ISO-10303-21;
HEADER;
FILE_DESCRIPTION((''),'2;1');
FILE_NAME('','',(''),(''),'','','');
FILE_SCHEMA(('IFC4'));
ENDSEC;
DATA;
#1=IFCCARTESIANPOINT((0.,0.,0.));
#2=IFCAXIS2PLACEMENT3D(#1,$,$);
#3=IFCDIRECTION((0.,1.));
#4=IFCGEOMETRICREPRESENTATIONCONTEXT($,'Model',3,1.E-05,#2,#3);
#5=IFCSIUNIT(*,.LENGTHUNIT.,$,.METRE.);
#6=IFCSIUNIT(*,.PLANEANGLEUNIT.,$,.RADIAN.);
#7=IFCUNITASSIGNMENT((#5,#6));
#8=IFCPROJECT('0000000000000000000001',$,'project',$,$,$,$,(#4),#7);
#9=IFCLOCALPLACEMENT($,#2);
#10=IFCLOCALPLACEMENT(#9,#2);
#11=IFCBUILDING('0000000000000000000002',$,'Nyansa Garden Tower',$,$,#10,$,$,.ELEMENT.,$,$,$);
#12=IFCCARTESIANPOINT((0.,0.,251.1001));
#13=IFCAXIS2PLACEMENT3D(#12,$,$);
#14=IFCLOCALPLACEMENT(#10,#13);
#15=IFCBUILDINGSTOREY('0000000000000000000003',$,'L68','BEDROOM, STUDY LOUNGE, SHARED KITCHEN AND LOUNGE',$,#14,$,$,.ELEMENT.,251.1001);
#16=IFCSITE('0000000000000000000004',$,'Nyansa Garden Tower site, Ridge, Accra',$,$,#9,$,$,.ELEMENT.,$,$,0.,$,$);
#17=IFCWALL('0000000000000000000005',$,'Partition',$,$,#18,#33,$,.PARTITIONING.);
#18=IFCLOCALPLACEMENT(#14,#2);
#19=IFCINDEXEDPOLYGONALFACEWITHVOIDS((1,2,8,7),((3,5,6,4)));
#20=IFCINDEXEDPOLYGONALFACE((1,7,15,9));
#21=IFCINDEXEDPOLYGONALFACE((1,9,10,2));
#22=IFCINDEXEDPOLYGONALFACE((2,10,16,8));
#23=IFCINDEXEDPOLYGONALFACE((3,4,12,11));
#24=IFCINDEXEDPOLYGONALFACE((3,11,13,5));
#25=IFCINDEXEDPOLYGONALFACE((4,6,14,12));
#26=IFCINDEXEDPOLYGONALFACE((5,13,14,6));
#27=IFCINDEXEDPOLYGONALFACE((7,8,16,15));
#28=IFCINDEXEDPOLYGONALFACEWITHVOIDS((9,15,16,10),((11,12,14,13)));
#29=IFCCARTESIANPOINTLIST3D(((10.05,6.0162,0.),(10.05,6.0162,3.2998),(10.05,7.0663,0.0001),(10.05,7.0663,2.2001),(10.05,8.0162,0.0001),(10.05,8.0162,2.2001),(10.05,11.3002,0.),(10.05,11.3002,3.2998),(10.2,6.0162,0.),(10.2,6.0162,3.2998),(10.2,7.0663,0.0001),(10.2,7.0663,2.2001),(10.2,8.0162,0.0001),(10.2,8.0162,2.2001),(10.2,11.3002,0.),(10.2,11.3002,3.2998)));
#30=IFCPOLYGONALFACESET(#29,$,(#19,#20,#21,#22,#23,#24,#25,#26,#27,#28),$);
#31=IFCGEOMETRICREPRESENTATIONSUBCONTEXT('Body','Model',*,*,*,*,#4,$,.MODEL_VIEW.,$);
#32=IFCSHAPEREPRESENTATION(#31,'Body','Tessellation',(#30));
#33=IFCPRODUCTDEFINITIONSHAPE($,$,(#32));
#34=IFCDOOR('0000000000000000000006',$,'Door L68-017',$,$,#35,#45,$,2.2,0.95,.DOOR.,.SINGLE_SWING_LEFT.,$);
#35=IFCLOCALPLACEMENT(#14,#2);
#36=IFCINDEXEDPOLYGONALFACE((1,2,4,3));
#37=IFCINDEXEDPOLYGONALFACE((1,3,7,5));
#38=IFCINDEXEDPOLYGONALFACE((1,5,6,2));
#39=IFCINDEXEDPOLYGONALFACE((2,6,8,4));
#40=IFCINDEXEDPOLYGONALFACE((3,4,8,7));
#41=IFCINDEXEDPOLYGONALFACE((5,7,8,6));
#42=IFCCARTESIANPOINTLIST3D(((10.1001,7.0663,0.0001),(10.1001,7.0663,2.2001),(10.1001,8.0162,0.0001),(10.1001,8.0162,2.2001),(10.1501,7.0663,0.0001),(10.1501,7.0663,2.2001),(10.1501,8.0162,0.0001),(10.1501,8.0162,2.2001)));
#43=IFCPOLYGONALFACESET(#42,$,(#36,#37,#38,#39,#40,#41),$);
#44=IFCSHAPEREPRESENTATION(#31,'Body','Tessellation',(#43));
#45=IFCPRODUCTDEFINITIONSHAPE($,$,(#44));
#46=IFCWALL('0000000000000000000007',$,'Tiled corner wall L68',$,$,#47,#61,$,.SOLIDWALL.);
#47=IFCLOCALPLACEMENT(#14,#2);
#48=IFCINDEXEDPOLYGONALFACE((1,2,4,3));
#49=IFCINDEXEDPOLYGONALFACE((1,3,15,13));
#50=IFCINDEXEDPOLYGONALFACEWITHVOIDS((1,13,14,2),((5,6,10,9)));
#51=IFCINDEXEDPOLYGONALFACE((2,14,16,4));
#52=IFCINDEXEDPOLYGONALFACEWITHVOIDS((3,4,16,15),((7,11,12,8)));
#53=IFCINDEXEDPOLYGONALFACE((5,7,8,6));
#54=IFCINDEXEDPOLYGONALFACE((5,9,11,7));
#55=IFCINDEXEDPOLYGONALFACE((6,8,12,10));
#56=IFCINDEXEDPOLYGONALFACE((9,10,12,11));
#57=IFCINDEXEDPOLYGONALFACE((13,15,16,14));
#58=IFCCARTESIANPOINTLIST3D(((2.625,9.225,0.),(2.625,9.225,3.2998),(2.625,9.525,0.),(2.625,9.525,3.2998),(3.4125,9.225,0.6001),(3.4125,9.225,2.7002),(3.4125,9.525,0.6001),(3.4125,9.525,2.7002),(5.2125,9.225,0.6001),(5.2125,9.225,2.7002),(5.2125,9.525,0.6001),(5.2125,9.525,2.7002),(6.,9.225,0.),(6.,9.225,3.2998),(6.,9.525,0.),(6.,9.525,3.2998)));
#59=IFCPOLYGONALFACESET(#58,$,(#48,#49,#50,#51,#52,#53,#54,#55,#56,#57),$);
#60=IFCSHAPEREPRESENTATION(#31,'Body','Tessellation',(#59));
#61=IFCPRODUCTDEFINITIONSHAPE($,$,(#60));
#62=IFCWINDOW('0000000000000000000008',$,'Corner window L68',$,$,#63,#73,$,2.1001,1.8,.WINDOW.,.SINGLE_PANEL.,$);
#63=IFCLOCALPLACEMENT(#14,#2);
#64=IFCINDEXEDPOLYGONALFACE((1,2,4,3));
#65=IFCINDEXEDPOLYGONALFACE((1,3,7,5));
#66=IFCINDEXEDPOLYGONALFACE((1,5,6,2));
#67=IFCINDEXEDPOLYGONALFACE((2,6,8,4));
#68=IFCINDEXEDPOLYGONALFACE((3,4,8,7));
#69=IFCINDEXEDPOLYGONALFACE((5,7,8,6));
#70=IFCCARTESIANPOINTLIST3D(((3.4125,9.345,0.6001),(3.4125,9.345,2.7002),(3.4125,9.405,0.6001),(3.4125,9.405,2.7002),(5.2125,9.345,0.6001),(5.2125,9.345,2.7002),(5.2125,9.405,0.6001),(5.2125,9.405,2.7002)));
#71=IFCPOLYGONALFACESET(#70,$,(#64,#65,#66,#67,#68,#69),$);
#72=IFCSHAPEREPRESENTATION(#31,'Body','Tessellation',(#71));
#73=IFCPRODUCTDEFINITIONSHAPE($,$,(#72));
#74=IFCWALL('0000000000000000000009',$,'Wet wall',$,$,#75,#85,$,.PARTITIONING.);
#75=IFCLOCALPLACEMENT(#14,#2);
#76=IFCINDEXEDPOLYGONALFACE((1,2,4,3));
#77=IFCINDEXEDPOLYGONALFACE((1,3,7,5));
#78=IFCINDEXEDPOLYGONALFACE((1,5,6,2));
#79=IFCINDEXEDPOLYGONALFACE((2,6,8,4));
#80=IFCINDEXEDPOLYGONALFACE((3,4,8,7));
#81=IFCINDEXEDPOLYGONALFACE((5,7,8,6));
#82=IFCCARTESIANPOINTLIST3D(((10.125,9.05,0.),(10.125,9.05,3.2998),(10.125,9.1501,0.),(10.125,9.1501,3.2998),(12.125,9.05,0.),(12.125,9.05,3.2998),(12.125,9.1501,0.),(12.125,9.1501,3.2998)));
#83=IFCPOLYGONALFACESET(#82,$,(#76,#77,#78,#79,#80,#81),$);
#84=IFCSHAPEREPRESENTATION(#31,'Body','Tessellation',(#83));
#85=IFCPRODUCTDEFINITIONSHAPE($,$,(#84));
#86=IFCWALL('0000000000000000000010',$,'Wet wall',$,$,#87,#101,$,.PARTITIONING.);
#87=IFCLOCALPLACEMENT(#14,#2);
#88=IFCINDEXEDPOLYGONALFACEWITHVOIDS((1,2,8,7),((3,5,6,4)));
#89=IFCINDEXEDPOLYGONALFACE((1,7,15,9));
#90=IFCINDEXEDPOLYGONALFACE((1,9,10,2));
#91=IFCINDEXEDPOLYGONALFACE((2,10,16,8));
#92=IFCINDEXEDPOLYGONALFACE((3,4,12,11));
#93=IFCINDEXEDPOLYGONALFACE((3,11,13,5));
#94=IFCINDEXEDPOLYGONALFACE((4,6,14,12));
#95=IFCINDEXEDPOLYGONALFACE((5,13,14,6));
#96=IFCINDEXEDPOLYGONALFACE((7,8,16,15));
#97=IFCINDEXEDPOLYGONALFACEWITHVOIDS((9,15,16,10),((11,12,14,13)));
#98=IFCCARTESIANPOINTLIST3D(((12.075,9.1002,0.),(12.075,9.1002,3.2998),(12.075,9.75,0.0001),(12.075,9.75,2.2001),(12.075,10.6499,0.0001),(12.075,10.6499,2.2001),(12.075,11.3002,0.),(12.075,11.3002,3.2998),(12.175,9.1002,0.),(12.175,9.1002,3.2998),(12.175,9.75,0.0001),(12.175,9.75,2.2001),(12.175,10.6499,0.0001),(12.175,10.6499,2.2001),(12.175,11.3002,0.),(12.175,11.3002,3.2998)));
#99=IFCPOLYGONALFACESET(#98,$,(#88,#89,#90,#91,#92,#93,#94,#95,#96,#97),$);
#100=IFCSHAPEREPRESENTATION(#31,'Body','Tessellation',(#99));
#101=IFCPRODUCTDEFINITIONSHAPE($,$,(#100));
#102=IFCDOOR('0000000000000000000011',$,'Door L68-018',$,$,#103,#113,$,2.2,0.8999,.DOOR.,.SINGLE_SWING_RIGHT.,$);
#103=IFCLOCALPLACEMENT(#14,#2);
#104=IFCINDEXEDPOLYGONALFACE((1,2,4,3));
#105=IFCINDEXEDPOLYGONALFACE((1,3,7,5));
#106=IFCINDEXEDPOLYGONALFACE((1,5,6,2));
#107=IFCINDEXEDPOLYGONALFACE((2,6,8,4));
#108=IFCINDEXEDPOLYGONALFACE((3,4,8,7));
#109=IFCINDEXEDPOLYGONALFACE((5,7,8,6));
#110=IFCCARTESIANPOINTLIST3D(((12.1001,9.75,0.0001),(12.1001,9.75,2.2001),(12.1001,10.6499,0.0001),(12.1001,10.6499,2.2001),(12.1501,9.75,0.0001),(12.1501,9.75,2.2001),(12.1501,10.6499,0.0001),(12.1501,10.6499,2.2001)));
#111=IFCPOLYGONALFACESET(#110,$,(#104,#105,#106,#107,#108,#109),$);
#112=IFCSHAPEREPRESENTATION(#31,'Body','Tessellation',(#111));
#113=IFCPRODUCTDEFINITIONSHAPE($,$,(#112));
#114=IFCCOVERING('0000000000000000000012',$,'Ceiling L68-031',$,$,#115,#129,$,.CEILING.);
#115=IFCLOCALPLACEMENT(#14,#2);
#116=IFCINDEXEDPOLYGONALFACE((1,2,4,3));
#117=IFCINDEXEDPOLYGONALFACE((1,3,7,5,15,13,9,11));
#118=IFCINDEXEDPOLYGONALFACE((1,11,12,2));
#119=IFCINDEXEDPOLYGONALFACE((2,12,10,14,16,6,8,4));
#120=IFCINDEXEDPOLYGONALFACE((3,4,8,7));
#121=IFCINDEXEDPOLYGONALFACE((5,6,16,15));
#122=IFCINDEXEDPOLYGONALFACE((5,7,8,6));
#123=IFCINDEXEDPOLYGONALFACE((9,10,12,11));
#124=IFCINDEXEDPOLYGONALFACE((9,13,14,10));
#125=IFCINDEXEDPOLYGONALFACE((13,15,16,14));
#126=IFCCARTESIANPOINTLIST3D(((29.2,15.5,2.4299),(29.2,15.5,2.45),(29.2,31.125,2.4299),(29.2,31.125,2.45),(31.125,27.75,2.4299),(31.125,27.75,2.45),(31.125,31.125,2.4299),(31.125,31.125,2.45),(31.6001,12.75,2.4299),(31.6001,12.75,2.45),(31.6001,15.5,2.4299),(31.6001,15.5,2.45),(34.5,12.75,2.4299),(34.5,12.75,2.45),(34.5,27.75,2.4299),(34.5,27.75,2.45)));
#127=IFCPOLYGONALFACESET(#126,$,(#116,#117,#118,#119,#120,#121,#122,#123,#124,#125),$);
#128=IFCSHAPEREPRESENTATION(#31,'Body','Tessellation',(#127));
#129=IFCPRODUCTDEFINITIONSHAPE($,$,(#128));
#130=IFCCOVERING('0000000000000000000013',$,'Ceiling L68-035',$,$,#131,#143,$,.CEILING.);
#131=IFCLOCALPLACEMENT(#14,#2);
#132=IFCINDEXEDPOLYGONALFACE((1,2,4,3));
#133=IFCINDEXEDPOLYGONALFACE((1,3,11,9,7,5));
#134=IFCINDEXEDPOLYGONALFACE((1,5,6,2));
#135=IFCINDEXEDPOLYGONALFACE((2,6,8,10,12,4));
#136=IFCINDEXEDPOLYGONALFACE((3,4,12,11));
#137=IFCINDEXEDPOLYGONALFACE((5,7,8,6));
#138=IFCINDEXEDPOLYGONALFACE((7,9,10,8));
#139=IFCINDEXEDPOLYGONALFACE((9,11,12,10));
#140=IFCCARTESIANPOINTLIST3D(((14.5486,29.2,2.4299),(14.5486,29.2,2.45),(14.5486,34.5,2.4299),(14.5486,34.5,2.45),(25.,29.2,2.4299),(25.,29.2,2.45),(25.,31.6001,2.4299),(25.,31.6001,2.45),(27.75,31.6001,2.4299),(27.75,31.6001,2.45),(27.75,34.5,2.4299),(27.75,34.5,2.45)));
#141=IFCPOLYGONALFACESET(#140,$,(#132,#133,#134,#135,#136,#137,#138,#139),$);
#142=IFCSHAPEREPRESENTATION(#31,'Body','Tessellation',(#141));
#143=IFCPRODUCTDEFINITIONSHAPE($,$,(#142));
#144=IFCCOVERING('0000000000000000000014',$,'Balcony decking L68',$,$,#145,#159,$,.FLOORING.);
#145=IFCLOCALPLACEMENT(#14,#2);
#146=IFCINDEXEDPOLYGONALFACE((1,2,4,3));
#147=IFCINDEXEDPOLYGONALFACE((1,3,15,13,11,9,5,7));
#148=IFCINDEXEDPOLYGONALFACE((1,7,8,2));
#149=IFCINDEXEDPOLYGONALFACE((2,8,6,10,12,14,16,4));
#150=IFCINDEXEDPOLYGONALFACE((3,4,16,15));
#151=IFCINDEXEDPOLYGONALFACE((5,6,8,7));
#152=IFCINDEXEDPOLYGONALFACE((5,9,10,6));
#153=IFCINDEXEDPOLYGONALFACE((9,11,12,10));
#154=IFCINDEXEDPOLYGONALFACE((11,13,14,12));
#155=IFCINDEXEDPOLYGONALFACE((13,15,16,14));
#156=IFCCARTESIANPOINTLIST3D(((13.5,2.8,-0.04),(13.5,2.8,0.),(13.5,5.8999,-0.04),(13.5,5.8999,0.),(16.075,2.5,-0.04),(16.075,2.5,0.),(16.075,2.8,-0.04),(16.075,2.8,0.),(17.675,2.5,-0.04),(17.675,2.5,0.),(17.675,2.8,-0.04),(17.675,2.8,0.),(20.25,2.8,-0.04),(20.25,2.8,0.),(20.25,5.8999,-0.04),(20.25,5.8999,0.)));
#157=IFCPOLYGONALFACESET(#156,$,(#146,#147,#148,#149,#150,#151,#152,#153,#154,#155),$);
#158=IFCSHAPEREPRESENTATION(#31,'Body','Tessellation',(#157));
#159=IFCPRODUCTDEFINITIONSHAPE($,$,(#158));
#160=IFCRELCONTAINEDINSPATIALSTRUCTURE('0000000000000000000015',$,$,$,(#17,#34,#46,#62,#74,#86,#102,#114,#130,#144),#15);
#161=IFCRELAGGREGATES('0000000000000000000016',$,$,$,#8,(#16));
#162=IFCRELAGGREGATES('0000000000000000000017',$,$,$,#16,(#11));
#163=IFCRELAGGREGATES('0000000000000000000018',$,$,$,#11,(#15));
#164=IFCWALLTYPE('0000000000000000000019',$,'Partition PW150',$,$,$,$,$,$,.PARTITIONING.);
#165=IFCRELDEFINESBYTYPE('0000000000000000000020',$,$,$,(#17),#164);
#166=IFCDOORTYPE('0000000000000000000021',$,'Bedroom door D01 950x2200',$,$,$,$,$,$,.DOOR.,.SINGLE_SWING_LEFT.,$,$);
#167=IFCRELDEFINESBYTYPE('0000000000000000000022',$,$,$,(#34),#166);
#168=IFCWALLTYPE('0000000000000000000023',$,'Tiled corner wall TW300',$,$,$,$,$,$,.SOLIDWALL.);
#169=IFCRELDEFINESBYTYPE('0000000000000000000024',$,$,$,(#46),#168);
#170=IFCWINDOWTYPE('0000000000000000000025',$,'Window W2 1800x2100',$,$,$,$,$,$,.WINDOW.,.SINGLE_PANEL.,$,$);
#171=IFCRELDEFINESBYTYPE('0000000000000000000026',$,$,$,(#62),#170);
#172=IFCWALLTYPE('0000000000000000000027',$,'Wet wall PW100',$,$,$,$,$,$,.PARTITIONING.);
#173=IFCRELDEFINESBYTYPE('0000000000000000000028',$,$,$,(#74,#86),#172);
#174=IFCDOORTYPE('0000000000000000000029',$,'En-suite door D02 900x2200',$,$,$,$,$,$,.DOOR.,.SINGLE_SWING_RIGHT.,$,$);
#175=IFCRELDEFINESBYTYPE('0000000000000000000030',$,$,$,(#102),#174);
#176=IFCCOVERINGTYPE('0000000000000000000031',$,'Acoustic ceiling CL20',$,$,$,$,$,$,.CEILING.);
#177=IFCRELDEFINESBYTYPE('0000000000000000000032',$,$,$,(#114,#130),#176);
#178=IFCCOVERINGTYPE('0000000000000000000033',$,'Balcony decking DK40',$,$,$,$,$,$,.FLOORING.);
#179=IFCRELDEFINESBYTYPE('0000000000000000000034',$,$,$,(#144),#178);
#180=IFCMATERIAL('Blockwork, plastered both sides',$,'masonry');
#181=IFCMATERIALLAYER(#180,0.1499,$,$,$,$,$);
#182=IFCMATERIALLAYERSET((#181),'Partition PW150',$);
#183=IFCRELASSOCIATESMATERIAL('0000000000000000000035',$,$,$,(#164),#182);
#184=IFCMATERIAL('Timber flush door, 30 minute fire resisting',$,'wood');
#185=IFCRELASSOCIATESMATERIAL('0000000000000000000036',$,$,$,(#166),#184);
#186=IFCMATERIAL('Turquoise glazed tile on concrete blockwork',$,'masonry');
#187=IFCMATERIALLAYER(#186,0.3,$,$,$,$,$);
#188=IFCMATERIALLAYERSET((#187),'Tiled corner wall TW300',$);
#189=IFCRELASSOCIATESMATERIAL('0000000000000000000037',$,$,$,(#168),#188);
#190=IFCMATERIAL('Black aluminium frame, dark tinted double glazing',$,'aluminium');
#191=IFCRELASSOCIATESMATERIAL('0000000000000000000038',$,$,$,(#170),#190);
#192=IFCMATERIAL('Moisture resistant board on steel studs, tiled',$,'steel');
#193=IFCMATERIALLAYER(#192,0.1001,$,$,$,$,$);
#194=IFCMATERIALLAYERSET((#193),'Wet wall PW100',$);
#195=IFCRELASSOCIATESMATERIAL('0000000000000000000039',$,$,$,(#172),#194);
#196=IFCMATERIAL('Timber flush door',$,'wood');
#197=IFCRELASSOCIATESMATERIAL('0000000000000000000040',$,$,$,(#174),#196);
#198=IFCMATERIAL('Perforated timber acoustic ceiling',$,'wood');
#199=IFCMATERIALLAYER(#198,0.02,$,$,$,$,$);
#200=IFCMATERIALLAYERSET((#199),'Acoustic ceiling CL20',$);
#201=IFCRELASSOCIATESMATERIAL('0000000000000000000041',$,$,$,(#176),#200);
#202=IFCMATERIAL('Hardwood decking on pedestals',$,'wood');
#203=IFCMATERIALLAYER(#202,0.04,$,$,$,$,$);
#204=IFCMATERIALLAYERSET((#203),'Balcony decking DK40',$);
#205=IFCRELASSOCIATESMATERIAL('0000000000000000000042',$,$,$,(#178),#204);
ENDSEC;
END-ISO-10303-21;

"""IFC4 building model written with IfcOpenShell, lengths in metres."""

from ifc_helpers import new_model, si_unit, direction, frame, frame_2d, origin, place, context, subcontext, project, spatial, polyline, rectangle, outline, extrude, material, layer, layer_set, type_object, element, fill, save


model = new_model("IFC4")

# Units and contexts
model_context = context("Model", 3, precision=1e-05, world=origin(), true_north=direction((0.0, 1.0)))
body_context = subcontext(model_context, "Body", "Model", "MODEL_VIEW")
ifc_project = project(units=[si_unit("LENGTHUNIT", "METRE"), si_unit("PLANEANGLEUNIT", "RADIAN")], contexts=[model_context])

# Site, building, storey
site_placement = place(None, origin())
site = spatial("IfcSite", under=ifc_project, at=site_placement, Name="Nyansa Garden Tower site, Ridge, Accra", CompositionType="ELEMENT", RefElevation=0.0)
building_placement = place(site_placement, origin())
building = spatial("IfcBuilding", under=site, at=building_placement, Name="Nyansa Garden Tower", CompositionType="ELEMENT")
storey_placement = place(building_placement, frame((0.0, 0.0, 251.1001)))
storey = spatial("IfcBuildingStorey", under=building, at=storey_placement, Name="L68", Description="BEDROOM, STUDY LOUNGE, SHARED KITCHEN AND LOUNGE", CompositionType="ELEMENT", Elevation=251.1001)

# Wall, opening, door
ifc_material_1 = material(Name="Blockwork, plastered both sides", Category="masonry")
ifc_layer_1 = layer(ifc_material_1, 0.1499)
ifc_layer_set_1 = layer_set([ifc_layer_1], Name="Partition PW150")
wall_type_1 = type_object("IfcWallType", Name="Partition PW150", PredefinedType="PARTITIONING", material=ifc_layer_set_1)
wall_1_placement = place(storey_placement, frame((10.125, 6.0161, 0.0), z_axis=(0.0, 0.0, 1.0), x_axis=(0.0, 1.0, 0.0)))
wall_1 = element("IfcWall", 1, at=wall_1_placement, inside=storey, type_object=wall_type_1, Name="Partition", PredefinedType="PARTITIONING", context=body_context, shape_type="SweptSolid", body=[
    extrude(rectangle(XDim=5.2839, YDim=0.1499, at=frame_2d((2.6421, 0.0))), origin(), (0.0, 0.0, 1.0), 3.2998),
])
opening_1_placement = place(wall_1_placement, frame((1.05, 0.0, 0.0)))
opening_1 = element("IfcOpeningElement", 2, at=opening_1_placement, cuts=wall_1, PredefinedType="OPENING", context=body_context, shape_type="SweptSolid", body=[
    extrude(rectangle(XDim=0.95, YDim=2.2, at=frame_2d((0.4751, 1.1001))), frame((0.0, 0.085, 0.0), z_axis=(0.0, -1.0, 0.0), x_axis=(1.0, 0.0, 0.0)), (0.0, 0.0, 1.0), 0.1699),
])
ifc_material_2 = material(Name="Timber flush door, 30 minute fire resisting", Category="wood")
door_type_1 = type_object("IfcDoorType", Name="Bedroom door D01 950x2200", OperationType="SINGLE_SWING_LEFT", PredefinedType="DOOR", material=ifc_material_2)
door_1_placement = place(opening_1_placement, origin())
door_1 = element("IfcDoor", 3, at=door_1_placement, inside=storey, type_object=door_type_1, Name="Door L68-017", OperationType="SINGLE_SWING_LEFT", OverallHeight=2.2, OverallWidth=0.95, PredefinedType="DOOR", context=body_context, shape_type="SweptSolid", body=[
    extrude(rectangle(XDim=0.95, YDim=2.2, at=frame_2d((0.4751, 1.1001))), frame((0.0, 0.0249, 0.0), z_axis=(0.0, -1.0, 0.0), x_axis=(1.0, 0.0, 0.0)), (0.0, 0.0, 1.0), 0.05),
])
fill(opening_1, door_1)

# Wall, opening, window
ifc_material_3 = material(Name="Turquoise glazed tile on concrete blockwork", Category="masonry")
ifc_layer_2 = layer(ifc_material_3, 0.3)
ifc_layer_set_2 = layer_set([ifc_layer_2], Name="Tiled corner wall TW300")
wall_type_2 = type_object("IfcWallType", Name="Tiled corner wall TW300", PredefinedType="SOLIDWALL", material=ifc_layer_set_2)
wall_2_placement = place(storey_placement, frame((2.625, 9.375, 0.0), z_axis=(0.0, 0.0, 1.0), x_axis=(1.0, 0.0, 0.0)))
wall_2 = element("IfcWall", 4, at=wall_2_placement, inside=storey, type_object=wall_type_2, Name="Tiled corner wall L68", PredefinedType="SOLIDWALL", context=body_context, shape_type="SweptSolid", body=[
    extrude(rectangle(XDim=3.375, YDim=0.3, at=frame_2d((1.6875, 0.0))), origin(), (0.0, 0.0, 1.0), 3.2998),
])
opening_2_placement = place(wall_2_placement, frame((0.7876, 0.0, 0.6001)))
opening_2 = element("IfcOpeningElement", 5, at=opening_2_placement, cuts=wall_2, PredefinedType="OPENING", context=body_context, shape_type="SweptSolid", body=[
    extrude(rectangle(XDim=1.8, YDim=2.1001, at=frame_2d((0.8999, 1.05))), frame((0.0, 0.1599, 0.0), z_axis=(0.0, -1.0, 0.0), x_axis=(1.0, 0.0, 0.0)), (0.0, 0.0, 1.0), 0.3201),
])
ifc_material_4 = material(Name="Black aluminium frame, dark tinted double glazing", Category="aluminium")
window_type = type_object("IfcWindowType", Name="Window W2 1800x2100", PartitioningType="SINGLE_PANEL", PredefinedType="WINDOW", material=ifc_material_4)
window_placement = place(opening_2_placement, origin())
window = element("IfcWindow", 6, at=window_placement, inside=storey, type_object=window_type, Name="Corner window L68", OverallHeight=2.1001, OverallWidth=1.8, PartitioningType="SINGLE_PANEL", PredefinedType="WINDOW", context=body_context, shape_type="SweptSolid", body=[
    extrude(rectangle(XDim=1.8, YDim=2.1001, at=frame_2d((0.8999, 1.05))), frame((0.0, 0.03, 0.0), z_axis=(0.0, -1.0, 0.0), x_axis=(1.0, 0.0, 0.0)), (0.0, 0.0, 1.0), 0.0601),
])
fill(opening_2, window)

# Wall
ifc_material_5 = material(Name="Moisture resistant board on steel studs, tiled", Category="steel")
ifc_layer_3 = layer(ifc_material_5, 0.1001)
ifc_layer_set_3 = layer_set([ifc_layer_3], Name="Wet wall PW100")
wall_type_3 = type_object("IfcWallType", Name="Wet wall PW100", PredefinedType="PARTITIONING", material=ifc_layer_set_3)
wall_3_placement = place(storey_placement, frame((10.125, 9.1001, 0.0), z_axis=(0.0, 0.0, 1.0), x_axis=(1.0, 0.0, 0.0)))
element("IfcWall", 7, at=wall_3_placement, inside=storey, type_object=wall_type_3, Name="Wet wall", PredefinedType="PARTITIONING", context=body_context, shape_type="SweptSolid", body=[
    extrude(rectangle(XDim=2.0, YDim=0.1001, at=frame_2d((1.0, 0.0))), origin(), (0.0, 0.0, 1.0), 3.2998),
])

# Wall, opening, door
wall_4_placement = place(storey_placement, frame((12.125, 9.1001, 0.0), z_axis=(0.0, 0.0, 1.0), x_axis=(0.0, 1.0, 0.0)))
wall_4 = element("IfcWall", 8, at=wall_4_placement, inside=storey, type_object=wall_type_3, Name="Wet wall", PredefinedType="PARTITIONING", context=body_context, shape_type="SweptSolid", body=[
    extrude(rectangle(XDim=2.2, YDim=0.1001, at=frame_2d((1.1001, 0.0))), origin(), (0.0, 0.0, 1.0), 3.2998),
])
opening_3_placement = place(wall_4_placement, frame((0.6499, 0.0, 0.0)))
opening_3 = element("IfcOpeningElement", 9, at=opening_3_placement, cuts=wall_4, PredefinedType="OPENING", context=body_context, shape_type="SweptSolid", body=[
    extrude(rectangle(XDim=0.8999, YDim=2.2, at=frame_2d((0.45, 1.1001))), frame((0.0, 0.0601, 0.0), z_axis=(0.0, -1.0, 0.0), x_axis=(1.0, 0.0, 0.0)), (0.0, 0.0, 1.0), 0.1201),
])
ifc_material_6 = material(Name="Timber flush door", Category="wood")
door_type_2 = type_object("IfcDoorType", Name="En-suite door D02 900x2200", OperationType="SINGLE_SWING_RIGHT", PredefinedType="DOOR", material=ifc_material_6)
door_2_placement = place(opening_3_placement, origin())
door_2 = element("IfcDoor", 10, at=door_2_placement, inside=storey, type_object=door_type_2, Name="Door L68-018", OperationType="SINGLE_SWING_RIGHT", OverallHeight=2.2, OverallWidth=0.8999, PredefinedType="DOOR", context=body_context, shape_type="SweptSolid", body=[
    extrude(rectangle(XDim=0.8999, YDim=2.2, at=frame_2d((0.45, 1.1001))), frame((0.0, 0.0249, 0.0), z_axis=(0.0, -1.0, 0.0), x_axis=(1.0, 0.0, 0.0)), (0.0, 0.0, 1.0), 0.05),
])
fill(opening_3, door_2)

# Coverings
ifc_material_7 = material(Name="Perforated timber acoustic ceiling", Category="wood")
ifc_layer_4 = layer(ifc_material_7, 0.02)
ifc_layer_set_4 = layer_set([ifc_layer_4], Name="Acoustic ceiling CL20")
covering_type_1 = type_object("IfcCoveringType", Name="Acoustic ceiling CL20", PredefinedType="CEILING", material=ifc_layer_set_4)
covering_1_placement = place(storey_placement, frame((0.0, 0.0, 2.4299)))
element("IfcCovering", 11, at=covering_1_placement, inside=storey, type_object=covering_type_1, Name="Ceiling L68-031", PredefinedType="CEILING", context=body_context, shape_type="SweptSolid", body=[
    extrude(outline(polyline([(31.125, 27.75), (34.5, 27.75), (34.5, 12.75), (31.6001, 12.75), (31.6001, 15.5), (29.2, 15.5), (29.2, 31.125), (31.125, 31.125), (31.125, 27.75)])), origin(), (0.0, 0.0, 1.0), 0.02),
])
covering_2_placement = place(storey_placement, frame((0.0, 0.0, 2.4299)))
element("IfcCovering", 12, at=covering_2_placement, inside=storey, type_object=covering_type_1, Name="Ceiling L68-035", PredefinedType="CEILING", context=body_context, shape_type="SweptSolid", body=[
    extrude(outline(polyline([(25.0, 31.6001), (25.0, 29.2), (14.5486, 29.2), (14.5486, 34.5), (27.75, 34.5), (27.75, 31.6001), (25.0, 31.6001)])), origin(), (0.0, 0.0, 1.0), 0.02),
])
ifc_material_8 = material(Name="Hardwood decking on pedestals", Category="wood")
ifc_layer_5 = layer(ifc_material_8, 0.04)
ifc_layer_set_5 = layer_set([ifc_layer_5], Name="Balcony decking DK40")
covering_type_2 = type_object("IfcCoveringType", Name="Balcony decking DK40", PredefinedType="FLOORING", material=ifc_layer_set_5)
covering_3_placement = place(storey_placement, frame((0.0, 0.0, -0.04)))
element("IfcCovering", 13, at=covering_3_placement, inside=storey, type_object=covering_type_2, Name="Balcony decking L68", PredefinedType="FLOORING", context=body_context, shape_type="SweptSolid", body=[
    extrude(outline(polyline([(13.5, 5.8999), (20.25, 5.8999), (20.25, 2.8), (17.675, 2.8), (17.675, 2.5), (16.075, 2.5), (16.075, 2.8), (13.5, 2.8), (13.5, 5.8999)])), origin(), (0.0, 0.0, 1.0), 0.04),
])

save(model, "model.ifc")
